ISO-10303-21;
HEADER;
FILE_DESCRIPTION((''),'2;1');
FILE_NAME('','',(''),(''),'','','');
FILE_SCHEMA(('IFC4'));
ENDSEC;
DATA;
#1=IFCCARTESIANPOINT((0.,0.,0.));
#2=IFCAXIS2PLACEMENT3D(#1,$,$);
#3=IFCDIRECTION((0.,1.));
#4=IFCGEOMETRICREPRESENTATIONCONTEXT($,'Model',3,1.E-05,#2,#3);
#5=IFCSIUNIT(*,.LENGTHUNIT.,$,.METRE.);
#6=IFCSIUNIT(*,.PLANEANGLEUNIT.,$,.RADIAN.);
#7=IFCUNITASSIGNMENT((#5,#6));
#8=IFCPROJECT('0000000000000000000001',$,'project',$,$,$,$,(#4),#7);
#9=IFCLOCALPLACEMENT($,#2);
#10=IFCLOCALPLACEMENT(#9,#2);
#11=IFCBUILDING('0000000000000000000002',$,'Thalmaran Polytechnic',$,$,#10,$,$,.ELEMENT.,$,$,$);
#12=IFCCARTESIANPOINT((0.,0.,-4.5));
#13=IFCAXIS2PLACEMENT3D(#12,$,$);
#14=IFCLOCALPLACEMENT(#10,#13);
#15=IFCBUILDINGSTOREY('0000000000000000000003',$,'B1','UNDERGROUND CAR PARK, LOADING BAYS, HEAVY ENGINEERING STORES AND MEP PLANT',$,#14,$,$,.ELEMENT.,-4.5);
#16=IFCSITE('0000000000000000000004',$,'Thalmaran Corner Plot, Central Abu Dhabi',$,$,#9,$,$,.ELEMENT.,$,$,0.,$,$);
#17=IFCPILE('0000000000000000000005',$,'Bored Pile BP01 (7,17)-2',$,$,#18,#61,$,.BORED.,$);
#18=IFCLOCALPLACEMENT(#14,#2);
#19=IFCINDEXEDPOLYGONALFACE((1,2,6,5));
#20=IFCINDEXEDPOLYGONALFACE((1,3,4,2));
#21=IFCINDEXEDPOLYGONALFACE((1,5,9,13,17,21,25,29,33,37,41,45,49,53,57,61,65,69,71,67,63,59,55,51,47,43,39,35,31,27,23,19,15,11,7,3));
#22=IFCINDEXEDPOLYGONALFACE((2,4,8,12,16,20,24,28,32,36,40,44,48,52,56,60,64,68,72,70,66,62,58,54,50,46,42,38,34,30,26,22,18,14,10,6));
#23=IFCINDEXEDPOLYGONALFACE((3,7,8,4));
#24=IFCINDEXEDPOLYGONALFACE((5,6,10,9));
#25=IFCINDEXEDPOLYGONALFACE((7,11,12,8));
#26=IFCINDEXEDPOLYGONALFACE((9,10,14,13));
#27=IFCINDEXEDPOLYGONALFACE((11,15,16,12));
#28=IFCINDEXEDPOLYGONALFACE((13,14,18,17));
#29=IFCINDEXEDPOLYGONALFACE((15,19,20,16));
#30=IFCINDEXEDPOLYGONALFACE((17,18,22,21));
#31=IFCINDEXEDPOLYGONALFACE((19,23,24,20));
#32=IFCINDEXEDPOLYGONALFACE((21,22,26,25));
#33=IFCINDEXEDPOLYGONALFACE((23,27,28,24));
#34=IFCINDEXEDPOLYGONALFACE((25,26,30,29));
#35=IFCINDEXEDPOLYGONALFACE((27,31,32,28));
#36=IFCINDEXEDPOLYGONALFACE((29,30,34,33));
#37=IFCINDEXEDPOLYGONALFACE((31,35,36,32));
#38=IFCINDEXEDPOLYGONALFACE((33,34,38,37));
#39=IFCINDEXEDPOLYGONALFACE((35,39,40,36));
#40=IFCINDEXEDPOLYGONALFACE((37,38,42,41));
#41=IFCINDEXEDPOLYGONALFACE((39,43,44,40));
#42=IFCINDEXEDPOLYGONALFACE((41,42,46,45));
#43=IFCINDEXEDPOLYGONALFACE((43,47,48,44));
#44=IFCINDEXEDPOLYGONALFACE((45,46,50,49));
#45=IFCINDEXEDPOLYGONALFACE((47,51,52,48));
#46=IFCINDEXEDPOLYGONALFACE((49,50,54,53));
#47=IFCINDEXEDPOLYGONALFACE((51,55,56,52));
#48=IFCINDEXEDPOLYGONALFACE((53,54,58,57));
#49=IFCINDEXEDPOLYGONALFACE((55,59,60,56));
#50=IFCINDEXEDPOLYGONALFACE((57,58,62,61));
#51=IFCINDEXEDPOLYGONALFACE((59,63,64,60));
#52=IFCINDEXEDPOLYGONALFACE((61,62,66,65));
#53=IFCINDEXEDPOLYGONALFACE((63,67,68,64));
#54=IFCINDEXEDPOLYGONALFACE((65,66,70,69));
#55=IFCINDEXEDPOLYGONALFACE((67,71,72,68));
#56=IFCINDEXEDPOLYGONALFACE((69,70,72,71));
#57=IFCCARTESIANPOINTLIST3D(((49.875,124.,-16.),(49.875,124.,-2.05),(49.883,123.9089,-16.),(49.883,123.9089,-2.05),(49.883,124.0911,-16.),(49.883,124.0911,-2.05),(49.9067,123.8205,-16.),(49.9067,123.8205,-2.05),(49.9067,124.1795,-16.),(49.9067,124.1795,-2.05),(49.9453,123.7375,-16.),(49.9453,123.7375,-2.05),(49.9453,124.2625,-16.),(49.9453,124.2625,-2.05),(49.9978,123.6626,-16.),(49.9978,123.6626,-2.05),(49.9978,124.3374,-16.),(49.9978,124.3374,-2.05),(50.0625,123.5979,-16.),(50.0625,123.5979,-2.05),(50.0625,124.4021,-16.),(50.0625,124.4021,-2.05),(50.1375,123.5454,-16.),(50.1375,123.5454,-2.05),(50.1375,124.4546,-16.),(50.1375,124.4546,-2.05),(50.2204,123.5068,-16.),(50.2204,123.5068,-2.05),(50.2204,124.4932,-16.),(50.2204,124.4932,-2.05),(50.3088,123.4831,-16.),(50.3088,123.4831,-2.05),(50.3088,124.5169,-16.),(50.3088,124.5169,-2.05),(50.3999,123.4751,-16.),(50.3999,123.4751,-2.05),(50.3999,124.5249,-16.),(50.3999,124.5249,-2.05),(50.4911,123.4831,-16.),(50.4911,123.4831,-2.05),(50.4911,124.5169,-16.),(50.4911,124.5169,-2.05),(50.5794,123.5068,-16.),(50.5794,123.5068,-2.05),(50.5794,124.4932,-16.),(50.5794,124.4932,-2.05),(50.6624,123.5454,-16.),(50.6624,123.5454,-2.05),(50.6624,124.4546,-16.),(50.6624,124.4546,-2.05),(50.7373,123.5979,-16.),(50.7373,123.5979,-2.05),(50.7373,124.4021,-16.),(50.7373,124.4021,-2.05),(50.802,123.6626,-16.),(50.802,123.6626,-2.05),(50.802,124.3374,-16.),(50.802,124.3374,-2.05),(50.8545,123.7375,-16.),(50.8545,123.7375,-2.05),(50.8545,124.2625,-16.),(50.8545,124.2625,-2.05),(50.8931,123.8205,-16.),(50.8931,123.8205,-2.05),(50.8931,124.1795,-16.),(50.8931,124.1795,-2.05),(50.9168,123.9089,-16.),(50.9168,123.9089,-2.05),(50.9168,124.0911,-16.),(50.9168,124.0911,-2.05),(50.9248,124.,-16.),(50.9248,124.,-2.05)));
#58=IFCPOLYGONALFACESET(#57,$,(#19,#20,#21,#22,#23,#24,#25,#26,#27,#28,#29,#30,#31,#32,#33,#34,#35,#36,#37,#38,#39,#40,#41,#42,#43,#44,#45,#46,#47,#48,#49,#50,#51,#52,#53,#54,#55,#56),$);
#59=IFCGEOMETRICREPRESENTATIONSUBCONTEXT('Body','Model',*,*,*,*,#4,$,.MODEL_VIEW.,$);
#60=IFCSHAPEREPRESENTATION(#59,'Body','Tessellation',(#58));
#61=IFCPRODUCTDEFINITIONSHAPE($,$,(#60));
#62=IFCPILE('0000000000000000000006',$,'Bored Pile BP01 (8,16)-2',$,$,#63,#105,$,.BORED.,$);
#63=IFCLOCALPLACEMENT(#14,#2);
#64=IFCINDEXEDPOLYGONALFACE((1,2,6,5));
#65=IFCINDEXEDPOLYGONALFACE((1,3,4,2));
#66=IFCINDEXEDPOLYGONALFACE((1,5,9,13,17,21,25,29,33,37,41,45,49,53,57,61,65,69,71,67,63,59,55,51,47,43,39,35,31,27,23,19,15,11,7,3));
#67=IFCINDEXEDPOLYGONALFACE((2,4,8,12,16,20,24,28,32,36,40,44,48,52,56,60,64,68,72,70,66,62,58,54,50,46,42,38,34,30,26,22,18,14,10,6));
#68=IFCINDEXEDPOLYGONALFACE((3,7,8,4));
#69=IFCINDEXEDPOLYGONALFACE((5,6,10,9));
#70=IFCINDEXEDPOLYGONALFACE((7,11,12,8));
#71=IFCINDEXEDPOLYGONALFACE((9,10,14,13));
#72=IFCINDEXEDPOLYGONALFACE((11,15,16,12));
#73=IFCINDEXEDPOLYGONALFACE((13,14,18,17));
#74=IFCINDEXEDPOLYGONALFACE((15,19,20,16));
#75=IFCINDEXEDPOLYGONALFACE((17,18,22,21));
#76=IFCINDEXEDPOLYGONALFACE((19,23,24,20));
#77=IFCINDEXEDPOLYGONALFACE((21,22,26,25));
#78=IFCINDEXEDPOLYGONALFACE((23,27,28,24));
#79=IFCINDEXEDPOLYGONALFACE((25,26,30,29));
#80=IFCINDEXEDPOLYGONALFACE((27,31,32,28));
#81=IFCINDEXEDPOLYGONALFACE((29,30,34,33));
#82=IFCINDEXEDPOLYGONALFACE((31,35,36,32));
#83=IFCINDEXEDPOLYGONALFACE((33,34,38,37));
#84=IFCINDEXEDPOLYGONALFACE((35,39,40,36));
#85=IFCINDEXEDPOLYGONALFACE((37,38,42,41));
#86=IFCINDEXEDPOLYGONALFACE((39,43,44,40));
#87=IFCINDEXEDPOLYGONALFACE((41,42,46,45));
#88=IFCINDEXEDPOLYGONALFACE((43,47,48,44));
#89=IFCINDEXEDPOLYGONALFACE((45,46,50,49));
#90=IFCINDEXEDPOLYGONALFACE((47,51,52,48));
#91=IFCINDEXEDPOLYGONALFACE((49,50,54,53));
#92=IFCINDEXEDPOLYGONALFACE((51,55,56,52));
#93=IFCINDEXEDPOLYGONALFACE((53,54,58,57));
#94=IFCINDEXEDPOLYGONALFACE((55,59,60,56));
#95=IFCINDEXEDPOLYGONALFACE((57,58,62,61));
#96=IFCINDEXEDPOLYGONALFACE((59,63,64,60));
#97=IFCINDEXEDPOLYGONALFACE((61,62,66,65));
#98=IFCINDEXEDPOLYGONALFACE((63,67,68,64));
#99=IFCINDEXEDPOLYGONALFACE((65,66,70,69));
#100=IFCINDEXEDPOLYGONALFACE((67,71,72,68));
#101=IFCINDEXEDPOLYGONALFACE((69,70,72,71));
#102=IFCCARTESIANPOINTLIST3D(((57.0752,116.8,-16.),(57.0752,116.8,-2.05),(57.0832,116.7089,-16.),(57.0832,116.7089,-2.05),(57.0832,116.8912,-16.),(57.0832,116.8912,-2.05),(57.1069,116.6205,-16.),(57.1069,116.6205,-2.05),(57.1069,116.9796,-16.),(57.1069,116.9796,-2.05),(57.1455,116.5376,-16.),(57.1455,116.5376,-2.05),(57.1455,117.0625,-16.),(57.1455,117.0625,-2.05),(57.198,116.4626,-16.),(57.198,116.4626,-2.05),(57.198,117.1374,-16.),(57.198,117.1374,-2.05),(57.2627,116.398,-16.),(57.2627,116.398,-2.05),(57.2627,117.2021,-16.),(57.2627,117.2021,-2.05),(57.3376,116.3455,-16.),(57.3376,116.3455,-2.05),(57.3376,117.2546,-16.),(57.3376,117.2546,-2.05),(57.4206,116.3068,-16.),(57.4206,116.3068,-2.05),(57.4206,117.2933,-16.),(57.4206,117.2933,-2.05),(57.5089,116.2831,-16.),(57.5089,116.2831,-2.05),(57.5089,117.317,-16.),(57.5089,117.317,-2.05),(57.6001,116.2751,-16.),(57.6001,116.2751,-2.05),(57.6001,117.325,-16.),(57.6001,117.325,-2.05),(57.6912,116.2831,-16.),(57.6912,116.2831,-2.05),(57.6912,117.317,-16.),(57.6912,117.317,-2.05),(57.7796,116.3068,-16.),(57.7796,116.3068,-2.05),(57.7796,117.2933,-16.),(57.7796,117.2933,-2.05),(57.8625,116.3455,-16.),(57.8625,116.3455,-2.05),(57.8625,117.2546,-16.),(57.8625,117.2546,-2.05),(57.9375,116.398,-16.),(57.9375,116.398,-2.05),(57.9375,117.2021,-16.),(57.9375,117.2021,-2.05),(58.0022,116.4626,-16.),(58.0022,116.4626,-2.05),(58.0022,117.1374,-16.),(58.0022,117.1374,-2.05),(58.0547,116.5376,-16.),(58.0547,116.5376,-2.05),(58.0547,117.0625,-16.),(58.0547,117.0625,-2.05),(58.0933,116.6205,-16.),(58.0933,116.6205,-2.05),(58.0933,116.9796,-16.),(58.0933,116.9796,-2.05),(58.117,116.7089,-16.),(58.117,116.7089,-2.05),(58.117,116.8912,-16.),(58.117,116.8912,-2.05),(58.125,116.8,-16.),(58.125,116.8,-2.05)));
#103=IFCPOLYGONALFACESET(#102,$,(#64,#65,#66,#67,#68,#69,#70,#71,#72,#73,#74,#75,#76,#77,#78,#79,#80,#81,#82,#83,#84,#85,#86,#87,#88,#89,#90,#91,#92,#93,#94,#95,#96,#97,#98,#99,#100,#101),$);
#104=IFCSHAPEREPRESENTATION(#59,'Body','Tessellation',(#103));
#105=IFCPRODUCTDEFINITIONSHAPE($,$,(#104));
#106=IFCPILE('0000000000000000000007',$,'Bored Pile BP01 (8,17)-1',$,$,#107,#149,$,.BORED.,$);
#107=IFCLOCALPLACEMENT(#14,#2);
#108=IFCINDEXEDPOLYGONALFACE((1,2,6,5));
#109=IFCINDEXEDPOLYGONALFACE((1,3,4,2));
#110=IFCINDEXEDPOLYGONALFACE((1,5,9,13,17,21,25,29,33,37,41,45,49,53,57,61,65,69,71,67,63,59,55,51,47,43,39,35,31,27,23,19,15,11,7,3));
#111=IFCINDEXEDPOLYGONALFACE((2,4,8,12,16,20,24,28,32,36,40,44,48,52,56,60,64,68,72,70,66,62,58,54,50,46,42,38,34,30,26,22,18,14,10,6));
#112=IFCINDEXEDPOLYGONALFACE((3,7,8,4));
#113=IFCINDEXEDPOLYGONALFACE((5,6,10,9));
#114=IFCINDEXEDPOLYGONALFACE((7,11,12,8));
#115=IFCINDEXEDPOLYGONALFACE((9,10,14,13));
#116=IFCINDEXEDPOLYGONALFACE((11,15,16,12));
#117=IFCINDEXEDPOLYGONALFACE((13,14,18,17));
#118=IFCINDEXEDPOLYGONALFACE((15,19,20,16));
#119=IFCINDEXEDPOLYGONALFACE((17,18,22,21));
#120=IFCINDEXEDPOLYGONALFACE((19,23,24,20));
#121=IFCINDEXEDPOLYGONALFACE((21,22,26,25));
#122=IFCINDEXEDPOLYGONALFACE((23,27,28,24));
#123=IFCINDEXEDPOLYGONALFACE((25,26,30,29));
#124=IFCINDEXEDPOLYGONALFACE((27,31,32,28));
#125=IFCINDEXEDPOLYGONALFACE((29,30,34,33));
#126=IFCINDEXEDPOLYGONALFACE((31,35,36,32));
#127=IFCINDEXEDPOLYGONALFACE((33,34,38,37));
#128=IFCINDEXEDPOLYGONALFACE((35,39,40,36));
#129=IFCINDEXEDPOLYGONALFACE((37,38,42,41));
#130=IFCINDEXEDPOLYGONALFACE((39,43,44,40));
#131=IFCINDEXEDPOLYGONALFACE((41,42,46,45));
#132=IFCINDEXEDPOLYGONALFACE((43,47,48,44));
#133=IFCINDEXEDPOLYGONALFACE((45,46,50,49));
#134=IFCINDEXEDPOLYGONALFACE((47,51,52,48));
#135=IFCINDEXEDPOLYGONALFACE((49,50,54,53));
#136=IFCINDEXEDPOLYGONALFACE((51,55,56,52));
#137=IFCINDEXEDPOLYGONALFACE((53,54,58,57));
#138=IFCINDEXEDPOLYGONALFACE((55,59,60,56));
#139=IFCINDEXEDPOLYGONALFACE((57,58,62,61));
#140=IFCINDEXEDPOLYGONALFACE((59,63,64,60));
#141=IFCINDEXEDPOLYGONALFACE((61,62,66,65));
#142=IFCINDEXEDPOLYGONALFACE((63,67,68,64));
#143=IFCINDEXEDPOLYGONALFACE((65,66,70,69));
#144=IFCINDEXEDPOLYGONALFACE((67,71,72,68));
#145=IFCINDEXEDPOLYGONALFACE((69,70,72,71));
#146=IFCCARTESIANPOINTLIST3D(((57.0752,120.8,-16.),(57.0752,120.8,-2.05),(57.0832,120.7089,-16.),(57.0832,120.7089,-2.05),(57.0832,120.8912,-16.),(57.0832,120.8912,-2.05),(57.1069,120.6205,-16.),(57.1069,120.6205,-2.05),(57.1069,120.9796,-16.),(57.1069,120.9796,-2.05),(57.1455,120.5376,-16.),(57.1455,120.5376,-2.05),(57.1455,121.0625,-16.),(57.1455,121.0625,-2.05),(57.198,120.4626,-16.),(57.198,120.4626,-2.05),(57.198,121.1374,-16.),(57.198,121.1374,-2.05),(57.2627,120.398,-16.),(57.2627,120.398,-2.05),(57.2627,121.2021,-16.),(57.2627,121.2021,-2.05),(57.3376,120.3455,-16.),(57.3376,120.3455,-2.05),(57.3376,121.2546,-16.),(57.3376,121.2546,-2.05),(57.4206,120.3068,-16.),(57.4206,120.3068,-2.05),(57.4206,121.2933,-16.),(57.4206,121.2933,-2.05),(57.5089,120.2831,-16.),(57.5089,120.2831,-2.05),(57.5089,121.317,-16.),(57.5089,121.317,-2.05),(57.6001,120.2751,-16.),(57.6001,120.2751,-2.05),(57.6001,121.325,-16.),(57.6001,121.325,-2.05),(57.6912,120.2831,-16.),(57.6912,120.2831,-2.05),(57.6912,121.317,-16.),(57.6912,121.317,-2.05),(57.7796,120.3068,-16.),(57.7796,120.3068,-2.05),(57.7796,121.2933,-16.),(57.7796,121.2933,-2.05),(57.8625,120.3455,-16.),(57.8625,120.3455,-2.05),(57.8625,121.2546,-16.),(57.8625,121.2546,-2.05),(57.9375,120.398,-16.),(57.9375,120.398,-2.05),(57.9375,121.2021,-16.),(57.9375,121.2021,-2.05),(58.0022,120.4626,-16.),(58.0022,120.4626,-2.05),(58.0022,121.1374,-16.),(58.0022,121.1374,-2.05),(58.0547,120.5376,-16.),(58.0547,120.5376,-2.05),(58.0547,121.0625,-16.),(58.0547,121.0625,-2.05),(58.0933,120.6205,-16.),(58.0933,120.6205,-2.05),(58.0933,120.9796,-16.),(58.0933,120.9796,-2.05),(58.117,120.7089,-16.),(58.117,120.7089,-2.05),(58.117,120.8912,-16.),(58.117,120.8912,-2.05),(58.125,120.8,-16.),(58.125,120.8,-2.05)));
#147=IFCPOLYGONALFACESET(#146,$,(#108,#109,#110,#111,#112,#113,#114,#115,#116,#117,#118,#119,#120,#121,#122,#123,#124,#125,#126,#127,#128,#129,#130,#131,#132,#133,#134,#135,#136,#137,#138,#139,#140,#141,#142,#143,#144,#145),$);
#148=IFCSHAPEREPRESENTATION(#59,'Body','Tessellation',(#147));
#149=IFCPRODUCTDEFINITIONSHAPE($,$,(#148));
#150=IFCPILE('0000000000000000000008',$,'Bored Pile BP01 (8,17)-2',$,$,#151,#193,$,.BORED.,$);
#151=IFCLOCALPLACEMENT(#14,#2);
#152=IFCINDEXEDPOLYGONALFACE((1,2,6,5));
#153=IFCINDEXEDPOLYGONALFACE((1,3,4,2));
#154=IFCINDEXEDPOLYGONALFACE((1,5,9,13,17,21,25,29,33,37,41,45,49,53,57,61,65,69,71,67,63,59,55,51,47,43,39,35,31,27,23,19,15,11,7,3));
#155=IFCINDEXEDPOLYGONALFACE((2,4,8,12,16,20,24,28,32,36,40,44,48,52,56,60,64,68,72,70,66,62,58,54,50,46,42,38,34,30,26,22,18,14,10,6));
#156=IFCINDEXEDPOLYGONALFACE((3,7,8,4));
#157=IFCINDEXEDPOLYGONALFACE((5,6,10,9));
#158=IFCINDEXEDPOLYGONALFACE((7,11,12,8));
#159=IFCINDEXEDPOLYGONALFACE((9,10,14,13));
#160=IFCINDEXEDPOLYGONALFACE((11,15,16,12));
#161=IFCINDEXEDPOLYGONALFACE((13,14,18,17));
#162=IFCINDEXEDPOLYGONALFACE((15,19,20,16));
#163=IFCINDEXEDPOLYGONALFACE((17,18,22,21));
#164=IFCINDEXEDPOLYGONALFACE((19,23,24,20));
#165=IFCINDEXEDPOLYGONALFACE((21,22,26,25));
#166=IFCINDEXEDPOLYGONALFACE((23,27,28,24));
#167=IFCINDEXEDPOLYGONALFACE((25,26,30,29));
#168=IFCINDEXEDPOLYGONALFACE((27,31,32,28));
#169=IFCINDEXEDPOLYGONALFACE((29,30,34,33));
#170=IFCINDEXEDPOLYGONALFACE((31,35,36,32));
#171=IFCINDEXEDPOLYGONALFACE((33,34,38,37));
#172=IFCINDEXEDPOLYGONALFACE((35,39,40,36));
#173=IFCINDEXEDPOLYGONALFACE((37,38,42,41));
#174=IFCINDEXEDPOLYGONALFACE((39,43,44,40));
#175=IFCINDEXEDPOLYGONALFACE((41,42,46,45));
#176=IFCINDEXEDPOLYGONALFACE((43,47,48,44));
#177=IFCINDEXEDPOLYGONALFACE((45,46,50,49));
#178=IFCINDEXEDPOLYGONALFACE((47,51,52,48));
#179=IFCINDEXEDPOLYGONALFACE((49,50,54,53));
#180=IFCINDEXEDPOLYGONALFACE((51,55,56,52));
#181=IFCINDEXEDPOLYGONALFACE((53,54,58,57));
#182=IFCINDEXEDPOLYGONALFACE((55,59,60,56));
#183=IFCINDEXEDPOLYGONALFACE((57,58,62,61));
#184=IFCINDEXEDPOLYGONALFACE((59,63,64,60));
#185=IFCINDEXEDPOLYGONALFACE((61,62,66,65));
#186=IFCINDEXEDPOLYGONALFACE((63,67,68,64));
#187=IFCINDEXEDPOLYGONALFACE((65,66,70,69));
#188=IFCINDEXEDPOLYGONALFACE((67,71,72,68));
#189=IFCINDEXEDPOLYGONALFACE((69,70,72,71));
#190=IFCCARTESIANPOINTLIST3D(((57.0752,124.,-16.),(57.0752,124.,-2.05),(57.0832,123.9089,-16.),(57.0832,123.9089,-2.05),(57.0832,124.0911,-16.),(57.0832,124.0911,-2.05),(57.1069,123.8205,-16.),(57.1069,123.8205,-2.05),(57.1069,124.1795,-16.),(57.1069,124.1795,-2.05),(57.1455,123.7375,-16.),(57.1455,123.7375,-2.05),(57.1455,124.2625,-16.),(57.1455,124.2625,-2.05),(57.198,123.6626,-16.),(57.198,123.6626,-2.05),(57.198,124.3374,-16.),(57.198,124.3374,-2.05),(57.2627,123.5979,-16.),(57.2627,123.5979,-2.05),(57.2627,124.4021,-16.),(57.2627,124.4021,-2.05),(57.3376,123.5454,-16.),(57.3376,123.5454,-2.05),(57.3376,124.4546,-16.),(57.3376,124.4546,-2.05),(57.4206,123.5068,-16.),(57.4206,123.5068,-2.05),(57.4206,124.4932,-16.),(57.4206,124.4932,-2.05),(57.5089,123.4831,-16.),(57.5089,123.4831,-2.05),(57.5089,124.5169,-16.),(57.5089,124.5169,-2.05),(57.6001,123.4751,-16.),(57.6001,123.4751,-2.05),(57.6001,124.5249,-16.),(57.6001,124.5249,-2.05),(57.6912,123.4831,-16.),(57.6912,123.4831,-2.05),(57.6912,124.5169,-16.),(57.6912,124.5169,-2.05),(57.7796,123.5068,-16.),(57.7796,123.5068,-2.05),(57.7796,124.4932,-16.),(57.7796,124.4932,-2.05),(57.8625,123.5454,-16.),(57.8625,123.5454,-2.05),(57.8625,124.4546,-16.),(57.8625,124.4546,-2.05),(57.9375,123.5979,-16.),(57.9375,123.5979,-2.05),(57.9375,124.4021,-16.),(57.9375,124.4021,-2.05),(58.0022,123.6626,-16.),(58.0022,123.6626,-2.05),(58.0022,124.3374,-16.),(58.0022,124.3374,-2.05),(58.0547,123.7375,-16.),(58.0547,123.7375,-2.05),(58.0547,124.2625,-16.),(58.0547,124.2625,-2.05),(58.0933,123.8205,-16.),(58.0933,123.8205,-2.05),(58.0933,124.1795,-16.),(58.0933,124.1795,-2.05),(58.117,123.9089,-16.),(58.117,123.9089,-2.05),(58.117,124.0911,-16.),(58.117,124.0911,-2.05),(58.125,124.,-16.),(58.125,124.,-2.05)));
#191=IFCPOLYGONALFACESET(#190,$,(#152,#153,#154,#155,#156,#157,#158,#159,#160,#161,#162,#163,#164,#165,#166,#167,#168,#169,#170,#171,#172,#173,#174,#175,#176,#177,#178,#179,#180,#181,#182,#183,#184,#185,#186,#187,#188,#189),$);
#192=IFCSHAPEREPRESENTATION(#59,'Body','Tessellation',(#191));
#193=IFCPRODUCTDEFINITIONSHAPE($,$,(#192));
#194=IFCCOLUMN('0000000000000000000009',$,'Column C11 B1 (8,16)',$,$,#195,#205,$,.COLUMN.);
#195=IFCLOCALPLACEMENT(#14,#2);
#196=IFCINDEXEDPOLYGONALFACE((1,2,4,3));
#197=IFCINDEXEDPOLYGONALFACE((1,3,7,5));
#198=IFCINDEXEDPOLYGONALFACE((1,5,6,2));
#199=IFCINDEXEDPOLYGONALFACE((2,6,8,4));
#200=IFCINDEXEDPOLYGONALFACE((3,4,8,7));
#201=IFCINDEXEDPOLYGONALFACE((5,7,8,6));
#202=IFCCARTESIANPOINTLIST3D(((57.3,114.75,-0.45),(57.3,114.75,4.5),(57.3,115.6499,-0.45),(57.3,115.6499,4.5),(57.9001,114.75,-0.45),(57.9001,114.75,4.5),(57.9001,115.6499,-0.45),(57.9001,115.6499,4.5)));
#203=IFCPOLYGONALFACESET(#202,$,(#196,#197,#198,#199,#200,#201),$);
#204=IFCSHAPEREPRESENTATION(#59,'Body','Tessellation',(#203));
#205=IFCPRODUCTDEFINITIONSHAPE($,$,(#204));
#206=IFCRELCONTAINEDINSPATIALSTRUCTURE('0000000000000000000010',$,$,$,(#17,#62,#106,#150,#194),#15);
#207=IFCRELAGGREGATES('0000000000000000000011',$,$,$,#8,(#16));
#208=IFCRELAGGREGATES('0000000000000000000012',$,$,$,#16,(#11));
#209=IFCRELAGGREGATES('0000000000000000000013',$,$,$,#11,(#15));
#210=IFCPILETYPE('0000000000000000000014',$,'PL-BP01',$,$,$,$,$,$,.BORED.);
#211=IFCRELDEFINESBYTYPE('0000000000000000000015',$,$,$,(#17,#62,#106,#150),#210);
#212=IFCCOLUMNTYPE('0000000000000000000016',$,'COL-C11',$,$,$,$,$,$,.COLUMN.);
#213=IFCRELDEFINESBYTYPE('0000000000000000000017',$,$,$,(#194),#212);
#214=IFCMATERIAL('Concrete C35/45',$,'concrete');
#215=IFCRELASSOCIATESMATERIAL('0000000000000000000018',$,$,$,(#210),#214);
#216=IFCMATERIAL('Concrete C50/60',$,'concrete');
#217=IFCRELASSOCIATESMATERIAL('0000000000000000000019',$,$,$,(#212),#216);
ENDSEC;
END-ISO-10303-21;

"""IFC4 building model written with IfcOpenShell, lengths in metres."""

from ifc_helpers import new_model, si_unit, direction, frame, origin, origin_2d, place, context, subcontext, project, spatial, rectangle, circle, extrude, material, material_profile, profile_set, type_object, element, save


model = new_model("IFC4")

# Units and contexts
model_context = context("Model", 3, precision=1e-05, world=origin(), true_north=direction((0.0, 1.0)))
body_context = subcontext(model_context, "Body", "Model", "MODEL_VIEW")
ifc_project = project(units=[si_unit("LENGTHUNIT", "METRE"), si_unit("PLANEANGLEUNIT", "RADIAN")], contexts=[model_context])

# Site, building, storey
site_placement = place(None, origin())
site = spatial("IfcSite", under=ifc_project, at=site_placement, Name="Thalmaran Corner Plot, Central Abu Dhabi", CompositionType="ELEMENT", RefElevation=0.0)
building_placement = place(site_placement, origin())
building = spatial("IfcBuilding", under=site, at=building_placement, Name="Thalmaran Polytechnic", CompositionType="ELEMENT")
storey_placement = place(building_placement, frame((0.0, 0.0, -4.5)))
storey = spatial("IfcBuildingStorey", under=building, at=storey_placement, Name="B1", Description="UNDERGROUND CAR PARK, LOADING BAYS, HEAVY ENGINEERING STORES AND MEP PLANT", CompositionType="ELEMENT", Elevation=-4.5)

# Piles
ifc_material_1 = material(Name="Concrete C35/45", Category="concrete")
ifc_material_profile_1 = material_profile(ifc_material_1, circle(Radius=0.5249, at=origin_2d()), Name="RC 1050 DIA")
ifc_profile_set_1 = profile_set([ifc_material_profile_1], Name="Concrete C35/45")
pile_type = type_object("IfcPileType", Name="PL-BP01", PredefinedType="BORED", material=ifc_profile_set_1)
for number, where, z_axis, x_axis, name in (
    (1, (50.3999, 124.0, -2.05), (0.0, 0.0, -1.0), (1.0, 0.0, 0.0), "Bored Pile BP01 (7,17)-2"),
    (2, (57.6001, 116.8, -2.05), (0.0, 0.0, -1.0), (1.0, 0.0, 0.0), "Bored Pile BP01 (8,16)-2"),
    (3, (57.6001, 120.8, -2.05), (0.0, 0.0, -1.0), (1.0, 0.0, 0.0), "Bored Pile BP01 (8,17)-1"),
    (4, (57.6001, 124.0, -2.05), (0.0, 0.0, -1.0), (1.0, 0.0, 0.0), "Bored Pile BP01 (8,17)-2"),
):
    element("IfcPile", number, at=place(storey_placement, frame(where, z_axis=z_axis, x_axis=x_axis)), inside=storey, type_object=pile_type, Name=name, PredefinedType="BORED", context=body_context, shape_type="SweptSolid", body=[
        extrude(circle(Radius=0.5249, at=origin_2d()), origin(), (0.0, 0.0, 1.0), 13.95),
    ])

# Column
ifc_material_2 = material(Name="Concrete C50/60", Category="concrete")
ifc_material_profile_2 = material_profile(ifc_material_2, rectangle(XDim=0.6001, YDim=0.8999, at=origin_2d()), Name="RC 600x900")
ifc_profile_set_2 = profile_set([ifc_material_profile_2], Name="Concrete C50/60")
column_type_1 = type_object("IfcColumnType", Name="COL-C11", PredefinedType="COLUMN", material=ifc_profile_set_2)
column_1_placement = place(storey_placement, frame((57.6001, 115.2, -0.45), z_axis=(0.0, 0.0, 1.0), x_axis=(1.0, 0.0, 0.0)))
element("IfcColumn", 5, at=column_1_placement, inside=storey, type_object=column_type_1, Name="Column C11 B1 (8,16)", PredefinedType="COLUMN", context=body_context, shape_type="SweptSolid", body=[
    extrude(rectangle(XDim=0.6001, YDim=0.8999, at=origin_2d()), origin(), (0.0, 0.0, 1.0), 4.95),
])

save(model, "model.ifc")
